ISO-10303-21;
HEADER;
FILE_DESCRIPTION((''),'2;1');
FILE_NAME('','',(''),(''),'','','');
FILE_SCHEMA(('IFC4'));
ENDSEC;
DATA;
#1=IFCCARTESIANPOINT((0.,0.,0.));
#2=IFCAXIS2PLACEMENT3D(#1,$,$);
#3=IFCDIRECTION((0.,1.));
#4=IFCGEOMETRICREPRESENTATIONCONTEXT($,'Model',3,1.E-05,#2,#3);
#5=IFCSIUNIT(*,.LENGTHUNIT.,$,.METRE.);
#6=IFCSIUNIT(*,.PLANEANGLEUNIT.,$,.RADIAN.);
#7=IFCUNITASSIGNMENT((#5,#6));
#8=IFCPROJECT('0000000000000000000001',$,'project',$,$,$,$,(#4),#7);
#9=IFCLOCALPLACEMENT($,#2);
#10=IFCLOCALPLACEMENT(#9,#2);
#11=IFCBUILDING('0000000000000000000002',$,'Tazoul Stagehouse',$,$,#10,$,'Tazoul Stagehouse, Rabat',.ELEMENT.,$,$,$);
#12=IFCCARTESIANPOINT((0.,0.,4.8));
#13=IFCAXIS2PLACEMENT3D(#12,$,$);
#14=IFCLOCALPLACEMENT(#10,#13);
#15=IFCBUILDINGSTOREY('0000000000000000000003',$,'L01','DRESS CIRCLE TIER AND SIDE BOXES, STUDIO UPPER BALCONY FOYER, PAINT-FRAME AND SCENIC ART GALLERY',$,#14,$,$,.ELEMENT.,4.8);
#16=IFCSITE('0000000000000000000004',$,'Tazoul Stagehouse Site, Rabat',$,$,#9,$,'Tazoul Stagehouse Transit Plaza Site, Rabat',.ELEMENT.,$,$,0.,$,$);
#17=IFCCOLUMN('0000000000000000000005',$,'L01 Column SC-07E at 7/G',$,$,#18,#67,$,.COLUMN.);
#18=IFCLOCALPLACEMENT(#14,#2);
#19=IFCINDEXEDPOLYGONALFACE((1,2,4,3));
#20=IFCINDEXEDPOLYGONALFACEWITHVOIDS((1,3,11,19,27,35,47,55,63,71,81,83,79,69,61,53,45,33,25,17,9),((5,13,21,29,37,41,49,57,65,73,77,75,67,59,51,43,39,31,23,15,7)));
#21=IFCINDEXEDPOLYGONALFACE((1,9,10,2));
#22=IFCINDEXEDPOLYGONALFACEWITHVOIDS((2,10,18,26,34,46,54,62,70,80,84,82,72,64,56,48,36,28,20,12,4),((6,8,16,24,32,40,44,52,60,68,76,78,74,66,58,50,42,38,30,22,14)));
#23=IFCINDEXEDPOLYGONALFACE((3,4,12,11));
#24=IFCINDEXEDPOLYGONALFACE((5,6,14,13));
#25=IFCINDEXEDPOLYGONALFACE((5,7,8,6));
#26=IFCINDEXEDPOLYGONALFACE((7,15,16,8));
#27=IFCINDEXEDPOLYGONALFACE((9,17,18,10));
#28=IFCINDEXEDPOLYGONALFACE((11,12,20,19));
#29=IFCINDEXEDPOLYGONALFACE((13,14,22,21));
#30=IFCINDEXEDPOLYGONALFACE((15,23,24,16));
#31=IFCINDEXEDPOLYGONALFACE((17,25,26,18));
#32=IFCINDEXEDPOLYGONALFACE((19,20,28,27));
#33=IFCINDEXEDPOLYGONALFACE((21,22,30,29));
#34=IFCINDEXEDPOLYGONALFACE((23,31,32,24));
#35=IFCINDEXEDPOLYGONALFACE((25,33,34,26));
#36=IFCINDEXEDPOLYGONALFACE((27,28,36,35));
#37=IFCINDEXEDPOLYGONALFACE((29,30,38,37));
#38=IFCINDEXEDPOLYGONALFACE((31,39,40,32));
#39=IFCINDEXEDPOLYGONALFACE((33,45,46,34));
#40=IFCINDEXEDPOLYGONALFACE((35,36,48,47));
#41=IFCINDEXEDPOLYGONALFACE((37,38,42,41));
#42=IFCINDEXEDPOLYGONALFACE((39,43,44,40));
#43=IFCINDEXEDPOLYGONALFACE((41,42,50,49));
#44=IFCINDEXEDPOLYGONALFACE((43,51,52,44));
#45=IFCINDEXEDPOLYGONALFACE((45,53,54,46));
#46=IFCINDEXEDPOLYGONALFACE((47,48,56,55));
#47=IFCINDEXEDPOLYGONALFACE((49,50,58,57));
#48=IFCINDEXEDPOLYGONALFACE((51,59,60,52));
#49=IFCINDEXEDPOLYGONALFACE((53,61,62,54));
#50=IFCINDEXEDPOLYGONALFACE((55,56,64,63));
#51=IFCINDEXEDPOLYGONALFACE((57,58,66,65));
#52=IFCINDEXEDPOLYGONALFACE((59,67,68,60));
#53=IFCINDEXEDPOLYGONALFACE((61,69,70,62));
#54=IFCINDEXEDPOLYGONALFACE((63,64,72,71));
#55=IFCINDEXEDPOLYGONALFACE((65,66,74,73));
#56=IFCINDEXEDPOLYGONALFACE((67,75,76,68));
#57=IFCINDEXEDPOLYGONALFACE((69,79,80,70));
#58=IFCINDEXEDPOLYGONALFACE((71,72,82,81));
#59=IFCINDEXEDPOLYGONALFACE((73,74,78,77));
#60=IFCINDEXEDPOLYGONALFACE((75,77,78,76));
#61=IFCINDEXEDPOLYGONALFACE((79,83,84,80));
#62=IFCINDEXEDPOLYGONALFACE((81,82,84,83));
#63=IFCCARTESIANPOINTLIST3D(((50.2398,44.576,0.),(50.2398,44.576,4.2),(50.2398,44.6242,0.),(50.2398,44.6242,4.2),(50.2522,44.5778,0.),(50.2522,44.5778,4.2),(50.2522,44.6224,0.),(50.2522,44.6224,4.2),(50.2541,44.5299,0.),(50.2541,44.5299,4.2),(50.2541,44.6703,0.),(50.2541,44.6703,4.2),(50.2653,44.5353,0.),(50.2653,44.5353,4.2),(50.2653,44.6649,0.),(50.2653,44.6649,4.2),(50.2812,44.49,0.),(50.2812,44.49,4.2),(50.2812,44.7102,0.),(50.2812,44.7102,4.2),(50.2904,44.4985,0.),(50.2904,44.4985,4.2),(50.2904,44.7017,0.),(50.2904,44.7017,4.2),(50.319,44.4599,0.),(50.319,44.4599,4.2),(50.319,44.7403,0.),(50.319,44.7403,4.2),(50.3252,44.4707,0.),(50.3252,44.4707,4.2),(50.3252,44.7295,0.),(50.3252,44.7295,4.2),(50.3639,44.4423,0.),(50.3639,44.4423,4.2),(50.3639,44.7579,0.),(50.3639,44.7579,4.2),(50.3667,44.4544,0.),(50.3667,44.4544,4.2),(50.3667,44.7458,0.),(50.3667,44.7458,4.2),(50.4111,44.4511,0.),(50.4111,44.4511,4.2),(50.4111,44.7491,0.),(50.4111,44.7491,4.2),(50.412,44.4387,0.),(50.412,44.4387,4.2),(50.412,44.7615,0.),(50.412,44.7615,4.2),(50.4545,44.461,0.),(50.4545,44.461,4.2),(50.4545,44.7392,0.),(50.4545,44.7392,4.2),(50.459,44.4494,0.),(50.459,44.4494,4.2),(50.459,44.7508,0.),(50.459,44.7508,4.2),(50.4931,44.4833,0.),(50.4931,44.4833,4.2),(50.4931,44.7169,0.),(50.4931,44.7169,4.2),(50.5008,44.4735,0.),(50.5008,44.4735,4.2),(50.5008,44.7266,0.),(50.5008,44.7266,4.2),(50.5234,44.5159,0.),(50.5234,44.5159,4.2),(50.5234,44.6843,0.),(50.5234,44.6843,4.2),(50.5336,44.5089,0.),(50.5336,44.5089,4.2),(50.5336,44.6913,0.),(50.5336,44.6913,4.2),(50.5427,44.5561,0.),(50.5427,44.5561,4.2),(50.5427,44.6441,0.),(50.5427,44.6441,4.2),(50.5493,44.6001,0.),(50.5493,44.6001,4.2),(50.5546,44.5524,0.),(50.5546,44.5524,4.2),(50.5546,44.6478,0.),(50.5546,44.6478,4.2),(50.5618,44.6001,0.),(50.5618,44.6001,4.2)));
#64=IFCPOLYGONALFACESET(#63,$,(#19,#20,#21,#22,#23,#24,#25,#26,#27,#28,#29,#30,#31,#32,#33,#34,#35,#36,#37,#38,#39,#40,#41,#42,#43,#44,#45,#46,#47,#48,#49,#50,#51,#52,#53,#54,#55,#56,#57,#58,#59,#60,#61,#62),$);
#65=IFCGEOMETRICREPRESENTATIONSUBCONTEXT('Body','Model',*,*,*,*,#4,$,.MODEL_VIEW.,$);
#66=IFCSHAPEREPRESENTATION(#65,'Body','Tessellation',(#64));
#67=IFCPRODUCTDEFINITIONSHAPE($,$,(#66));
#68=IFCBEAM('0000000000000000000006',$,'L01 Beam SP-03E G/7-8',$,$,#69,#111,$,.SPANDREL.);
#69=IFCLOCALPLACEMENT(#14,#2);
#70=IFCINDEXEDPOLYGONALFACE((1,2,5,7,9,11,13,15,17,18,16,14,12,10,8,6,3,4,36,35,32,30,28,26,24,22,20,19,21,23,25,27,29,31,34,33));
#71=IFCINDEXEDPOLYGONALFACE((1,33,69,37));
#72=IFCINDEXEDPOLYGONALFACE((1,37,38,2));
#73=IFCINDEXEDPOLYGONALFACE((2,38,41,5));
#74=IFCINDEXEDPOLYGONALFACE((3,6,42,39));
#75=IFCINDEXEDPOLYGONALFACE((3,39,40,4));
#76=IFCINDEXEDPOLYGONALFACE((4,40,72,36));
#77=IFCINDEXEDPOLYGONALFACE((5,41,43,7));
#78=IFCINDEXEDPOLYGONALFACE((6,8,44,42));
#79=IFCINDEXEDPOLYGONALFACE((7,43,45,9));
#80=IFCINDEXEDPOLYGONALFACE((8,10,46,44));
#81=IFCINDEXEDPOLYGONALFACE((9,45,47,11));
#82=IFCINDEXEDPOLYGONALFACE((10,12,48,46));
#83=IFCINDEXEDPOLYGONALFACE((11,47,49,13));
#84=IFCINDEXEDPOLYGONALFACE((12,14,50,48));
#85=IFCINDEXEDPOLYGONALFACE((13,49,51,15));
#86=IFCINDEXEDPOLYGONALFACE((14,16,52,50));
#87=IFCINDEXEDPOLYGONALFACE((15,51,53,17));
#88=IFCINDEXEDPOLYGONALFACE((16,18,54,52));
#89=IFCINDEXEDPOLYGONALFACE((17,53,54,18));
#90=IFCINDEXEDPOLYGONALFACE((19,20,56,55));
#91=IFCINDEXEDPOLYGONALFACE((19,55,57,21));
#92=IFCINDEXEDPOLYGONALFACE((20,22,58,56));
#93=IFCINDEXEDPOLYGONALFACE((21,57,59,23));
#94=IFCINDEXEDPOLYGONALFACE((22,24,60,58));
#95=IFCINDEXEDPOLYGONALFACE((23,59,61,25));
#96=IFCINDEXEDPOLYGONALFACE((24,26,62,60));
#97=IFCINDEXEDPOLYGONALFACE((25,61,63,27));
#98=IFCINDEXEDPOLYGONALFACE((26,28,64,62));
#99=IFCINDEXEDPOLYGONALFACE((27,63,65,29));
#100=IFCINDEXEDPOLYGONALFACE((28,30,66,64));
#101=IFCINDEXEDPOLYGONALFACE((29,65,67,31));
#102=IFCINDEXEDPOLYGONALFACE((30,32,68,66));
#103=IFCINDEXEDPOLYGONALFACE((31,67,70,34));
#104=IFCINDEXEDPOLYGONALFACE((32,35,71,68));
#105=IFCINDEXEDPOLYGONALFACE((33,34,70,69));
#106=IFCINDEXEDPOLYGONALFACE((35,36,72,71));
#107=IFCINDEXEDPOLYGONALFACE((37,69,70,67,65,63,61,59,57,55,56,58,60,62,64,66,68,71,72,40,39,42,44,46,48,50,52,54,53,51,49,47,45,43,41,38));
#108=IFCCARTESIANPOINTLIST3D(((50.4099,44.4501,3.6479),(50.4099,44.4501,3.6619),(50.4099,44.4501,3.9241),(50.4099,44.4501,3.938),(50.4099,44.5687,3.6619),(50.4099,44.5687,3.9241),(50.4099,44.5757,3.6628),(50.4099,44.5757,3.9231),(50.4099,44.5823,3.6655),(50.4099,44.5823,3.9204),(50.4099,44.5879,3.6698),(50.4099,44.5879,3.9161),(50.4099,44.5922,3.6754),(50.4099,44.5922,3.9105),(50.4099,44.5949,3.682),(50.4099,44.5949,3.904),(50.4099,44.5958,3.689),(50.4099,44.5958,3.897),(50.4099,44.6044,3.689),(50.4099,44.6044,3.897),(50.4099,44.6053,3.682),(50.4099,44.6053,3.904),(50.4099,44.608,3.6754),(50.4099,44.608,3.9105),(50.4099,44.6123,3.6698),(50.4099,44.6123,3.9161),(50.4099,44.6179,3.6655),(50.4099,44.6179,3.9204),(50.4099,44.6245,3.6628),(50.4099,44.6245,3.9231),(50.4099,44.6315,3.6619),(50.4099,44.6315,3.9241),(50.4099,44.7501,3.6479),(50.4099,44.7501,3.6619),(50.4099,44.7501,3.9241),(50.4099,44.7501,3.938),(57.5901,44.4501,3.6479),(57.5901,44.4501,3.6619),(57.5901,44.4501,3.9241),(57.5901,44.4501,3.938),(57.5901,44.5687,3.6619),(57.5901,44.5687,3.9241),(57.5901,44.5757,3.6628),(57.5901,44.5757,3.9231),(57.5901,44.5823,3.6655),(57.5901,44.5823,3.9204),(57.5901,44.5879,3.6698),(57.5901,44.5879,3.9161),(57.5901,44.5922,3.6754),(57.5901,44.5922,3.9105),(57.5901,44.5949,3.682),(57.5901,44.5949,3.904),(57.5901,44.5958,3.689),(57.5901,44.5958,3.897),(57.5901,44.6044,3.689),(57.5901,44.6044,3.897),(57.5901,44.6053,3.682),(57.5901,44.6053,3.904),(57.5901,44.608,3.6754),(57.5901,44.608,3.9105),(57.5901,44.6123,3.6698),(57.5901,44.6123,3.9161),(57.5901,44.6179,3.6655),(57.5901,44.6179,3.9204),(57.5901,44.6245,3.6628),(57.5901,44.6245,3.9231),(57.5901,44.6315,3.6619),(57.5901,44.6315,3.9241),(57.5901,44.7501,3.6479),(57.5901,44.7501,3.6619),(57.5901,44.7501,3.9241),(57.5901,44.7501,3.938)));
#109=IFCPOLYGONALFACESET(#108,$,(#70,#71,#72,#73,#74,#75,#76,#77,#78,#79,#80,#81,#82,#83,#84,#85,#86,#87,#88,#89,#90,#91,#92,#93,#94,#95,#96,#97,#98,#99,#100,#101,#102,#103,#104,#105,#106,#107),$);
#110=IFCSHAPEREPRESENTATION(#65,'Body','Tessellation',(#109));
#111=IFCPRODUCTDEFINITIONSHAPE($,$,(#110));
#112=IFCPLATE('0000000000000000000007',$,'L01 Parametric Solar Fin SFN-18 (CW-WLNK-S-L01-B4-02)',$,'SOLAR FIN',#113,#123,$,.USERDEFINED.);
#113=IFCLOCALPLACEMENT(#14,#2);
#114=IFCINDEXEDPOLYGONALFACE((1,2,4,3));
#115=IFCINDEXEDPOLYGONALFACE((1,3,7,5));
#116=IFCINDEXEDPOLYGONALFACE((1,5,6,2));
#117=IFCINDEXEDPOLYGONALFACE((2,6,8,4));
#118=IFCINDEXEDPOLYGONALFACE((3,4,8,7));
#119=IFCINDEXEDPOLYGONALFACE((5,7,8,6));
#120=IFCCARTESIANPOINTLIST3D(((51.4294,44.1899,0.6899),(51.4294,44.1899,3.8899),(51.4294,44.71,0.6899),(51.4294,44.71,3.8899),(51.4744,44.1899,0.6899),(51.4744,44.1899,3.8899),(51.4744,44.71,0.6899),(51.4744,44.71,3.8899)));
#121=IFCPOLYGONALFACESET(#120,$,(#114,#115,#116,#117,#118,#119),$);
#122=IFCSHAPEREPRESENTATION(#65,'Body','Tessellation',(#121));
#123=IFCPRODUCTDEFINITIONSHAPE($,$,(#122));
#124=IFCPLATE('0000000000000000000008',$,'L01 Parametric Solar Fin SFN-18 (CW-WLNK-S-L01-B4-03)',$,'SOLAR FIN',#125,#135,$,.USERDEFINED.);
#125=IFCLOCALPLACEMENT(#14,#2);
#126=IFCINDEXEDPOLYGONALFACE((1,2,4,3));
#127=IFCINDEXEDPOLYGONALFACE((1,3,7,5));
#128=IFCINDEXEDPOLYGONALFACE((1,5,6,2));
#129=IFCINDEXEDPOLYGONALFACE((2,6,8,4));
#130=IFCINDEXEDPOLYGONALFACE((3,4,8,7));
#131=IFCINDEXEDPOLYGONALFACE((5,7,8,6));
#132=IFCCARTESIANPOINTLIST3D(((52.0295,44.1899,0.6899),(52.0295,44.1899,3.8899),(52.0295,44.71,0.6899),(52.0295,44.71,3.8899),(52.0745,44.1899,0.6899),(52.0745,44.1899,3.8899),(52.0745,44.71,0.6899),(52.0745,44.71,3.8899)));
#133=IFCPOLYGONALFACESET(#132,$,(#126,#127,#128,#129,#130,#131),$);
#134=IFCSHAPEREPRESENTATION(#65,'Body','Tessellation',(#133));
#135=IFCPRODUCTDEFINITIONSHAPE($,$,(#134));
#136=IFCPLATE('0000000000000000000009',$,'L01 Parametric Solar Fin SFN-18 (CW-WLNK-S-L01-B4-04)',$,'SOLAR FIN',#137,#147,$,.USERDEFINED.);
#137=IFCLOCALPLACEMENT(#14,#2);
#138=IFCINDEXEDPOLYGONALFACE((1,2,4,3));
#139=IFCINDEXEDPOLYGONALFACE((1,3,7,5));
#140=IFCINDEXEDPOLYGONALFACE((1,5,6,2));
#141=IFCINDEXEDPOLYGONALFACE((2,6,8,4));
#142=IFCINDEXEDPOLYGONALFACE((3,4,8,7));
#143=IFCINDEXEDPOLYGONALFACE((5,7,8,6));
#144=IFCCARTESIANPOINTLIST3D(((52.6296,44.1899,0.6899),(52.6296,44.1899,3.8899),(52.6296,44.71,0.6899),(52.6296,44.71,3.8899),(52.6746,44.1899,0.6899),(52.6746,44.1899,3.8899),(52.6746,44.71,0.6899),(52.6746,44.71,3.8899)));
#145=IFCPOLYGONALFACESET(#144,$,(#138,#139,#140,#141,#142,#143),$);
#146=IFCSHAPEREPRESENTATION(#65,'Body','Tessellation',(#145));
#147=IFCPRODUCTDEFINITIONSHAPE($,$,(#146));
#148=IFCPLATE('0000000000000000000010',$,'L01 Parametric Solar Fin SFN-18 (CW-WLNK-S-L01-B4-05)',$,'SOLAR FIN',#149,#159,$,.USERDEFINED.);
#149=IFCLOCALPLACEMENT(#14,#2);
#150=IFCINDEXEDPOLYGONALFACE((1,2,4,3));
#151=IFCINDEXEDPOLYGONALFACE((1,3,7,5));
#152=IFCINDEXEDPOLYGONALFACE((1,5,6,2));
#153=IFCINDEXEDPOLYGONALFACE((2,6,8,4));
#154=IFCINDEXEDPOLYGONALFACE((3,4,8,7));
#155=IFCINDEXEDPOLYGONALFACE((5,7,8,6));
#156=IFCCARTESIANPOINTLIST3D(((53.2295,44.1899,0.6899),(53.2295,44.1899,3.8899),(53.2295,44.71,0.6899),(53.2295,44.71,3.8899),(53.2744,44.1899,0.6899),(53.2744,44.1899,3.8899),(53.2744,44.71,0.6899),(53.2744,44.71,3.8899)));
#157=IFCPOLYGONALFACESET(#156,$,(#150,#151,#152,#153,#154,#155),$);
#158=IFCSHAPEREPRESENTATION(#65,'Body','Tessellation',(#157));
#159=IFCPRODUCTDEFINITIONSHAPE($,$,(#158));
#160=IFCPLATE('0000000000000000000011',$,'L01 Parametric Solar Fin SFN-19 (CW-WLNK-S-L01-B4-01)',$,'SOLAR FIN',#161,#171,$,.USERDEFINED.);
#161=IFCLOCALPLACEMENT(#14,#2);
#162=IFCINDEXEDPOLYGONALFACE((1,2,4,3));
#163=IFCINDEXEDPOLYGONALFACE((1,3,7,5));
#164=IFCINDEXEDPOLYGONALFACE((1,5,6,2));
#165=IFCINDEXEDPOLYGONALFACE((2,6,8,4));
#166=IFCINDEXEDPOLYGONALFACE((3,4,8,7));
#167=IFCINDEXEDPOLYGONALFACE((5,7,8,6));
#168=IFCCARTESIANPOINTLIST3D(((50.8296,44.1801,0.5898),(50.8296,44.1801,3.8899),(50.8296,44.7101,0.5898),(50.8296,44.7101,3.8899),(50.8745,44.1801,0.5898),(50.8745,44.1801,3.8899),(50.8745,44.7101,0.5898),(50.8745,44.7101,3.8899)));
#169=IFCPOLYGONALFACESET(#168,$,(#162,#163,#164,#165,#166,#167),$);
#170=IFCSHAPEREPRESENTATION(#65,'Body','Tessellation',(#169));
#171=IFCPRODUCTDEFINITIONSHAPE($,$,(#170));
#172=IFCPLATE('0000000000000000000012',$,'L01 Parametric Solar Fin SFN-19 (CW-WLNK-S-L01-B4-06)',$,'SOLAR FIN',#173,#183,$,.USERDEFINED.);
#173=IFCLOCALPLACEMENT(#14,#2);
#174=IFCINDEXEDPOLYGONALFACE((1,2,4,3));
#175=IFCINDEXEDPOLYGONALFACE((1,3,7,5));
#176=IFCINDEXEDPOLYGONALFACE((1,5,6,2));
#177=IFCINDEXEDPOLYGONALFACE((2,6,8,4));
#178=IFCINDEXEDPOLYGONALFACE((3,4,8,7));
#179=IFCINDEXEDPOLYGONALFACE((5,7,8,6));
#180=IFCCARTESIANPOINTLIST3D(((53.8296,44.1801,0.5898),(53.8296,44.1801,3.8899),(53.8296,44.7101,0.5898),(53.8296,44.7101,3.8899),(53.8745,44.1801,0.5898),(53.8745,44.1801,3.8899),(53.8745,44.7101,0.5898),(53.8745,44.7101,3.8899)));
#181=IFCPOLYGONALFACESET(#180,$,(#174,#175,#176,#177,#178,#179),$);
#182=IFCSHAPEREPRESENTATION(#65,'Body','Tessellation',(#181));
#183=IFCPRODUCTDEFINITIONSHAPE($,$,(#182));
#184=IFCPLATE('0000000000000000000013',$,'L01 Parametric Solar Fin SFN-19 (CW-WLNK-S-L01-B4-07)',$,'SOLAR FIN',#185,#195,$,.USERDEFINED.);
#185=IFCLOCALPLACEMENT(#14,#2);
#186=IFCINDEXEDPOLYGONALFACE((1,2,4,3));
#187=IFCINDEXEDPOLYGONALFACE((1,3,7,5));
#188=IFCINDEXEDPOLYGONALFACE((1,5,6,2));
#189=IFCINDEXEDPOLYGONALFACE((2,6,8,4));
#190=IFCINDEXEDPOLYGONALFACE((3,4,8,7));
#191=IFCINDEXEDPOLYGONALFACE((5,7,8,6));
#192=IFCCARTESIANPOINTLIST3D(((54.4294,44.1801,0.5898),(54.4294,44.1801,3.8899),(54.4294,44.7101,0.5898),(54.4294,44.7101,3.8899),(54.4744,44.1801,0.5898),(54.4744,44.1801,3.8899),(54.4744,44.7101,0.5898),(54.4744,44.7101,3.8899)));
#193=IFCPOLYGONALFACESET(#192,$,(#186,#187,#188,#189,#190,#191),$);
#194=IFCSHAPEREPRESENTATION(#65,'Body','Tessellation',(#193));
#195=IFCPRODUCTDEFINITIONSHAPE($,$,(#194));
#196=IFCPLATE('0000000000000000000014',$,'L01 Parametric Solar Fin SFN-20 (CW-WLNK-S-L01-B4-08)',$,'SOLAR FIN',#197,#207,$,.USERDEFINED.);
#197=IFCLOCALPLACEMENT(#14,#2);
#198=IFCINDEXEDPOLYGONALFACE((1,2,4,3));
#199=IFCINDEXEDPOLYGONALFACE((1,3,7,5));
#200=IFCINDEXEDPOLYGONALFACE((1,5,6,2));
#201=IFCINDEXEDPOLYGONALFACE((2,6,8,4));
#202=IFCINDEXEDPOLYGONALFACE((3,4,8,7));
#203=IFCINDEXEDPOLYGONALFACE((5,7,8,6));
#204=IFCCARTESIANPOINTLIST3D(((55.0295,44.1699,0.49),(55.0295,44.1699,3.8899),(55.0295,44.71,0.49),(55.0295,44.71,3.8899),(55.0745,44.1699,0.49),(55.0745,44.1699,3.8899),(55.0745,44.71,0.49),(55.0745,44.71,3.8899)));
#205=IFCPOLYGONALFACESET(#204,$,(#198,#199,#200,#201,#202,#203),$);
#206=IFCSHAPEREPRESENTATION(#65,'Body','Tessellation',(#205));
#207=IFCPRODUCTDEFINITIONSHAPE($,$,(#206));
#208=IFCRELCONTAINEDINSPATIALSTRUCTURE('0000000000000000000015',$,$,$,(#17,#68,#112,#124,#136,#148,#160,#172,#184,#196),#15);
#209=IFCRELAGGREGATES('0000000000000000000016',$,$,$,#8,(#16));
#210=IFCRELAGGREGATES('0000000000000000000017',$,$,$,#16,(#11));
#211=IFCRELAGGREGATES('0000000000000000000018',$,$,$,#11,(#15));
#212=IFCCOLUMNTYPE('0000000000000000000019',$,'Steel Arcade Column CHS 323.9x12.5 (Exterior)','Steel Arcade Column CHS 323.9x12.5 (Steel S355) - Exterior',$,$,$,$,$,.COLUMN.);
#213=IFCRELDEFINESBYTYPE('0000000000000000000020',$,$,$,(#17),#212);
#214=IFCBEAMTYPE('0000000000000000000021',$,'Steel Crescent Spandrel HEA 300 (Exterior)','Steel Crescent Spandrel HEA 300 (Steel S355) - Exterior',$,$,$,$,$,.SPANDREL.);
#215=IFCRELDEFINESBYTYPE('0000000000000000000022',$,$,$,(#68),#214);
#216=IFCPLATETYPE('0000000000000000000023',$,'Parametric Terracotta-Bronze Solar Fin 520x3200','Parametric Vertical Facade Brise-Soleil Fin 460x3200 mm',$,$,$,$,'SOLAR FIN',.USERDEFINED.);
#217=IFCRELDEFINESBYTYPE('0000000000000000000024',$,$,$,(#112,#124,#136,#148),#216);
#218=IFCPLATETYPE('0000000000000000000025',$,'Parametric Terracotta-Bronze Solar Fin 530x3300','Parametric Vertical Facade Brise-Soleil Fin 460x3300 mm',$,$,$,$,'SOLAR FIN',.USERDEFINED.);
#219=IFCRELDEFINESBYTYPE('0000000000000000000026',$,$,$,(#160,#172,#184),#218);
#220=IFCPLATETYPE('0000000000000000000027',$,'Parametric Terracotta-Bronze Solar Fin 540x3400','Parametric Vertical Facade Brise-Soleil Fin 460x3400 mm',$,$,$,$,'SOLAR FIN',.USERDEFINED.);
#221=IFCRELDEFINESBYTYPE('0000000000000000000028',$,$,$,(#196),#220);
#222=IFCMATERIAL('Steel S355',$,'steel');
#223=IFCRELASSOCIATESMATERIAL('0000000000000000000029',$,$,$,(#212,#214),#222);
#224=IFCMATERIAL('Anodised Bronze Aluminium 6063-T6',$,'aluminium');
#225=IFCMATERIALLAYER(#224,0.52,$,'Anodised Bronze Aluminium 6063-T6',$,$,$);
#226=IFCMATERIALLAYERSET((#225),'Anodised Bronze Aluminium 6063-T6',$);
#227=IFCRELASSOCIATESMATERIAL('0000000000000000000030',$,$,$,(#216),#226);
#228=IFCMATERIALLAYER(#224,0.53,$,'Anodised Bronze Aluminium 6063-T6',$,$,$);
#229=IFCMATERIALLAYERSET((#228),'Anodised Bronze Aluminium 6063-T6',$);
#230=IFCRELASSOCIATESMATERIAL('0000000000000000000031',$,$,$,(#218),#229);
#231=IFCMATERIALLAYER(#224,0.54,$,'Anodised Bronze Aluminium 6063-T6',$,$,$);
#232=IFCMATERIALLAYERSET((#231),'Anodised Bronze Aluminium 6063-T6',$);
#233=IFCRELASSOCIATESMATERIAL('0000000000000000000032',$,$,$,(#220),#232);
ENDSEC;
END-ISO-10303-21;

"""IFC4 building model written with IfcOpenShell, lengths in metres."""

from ifc_helpers import new_model, si_unit, direction, frame, origin, origin_2d, place, context, subcontext, project, spatial, rectangle, hollow_circle, i_section, extrude, material, layer, layer_set, material_profile, profile_set, type_object, element, save


model = new_model("IFC4")

# Units and contexts
model_context = context("Model", 3, precision=1e-05, world=origin(), true_north=direction((0.0, 1.0)))
body_context = subcontext(model_context, "Body", "Model", "MODEL_VIEW")
ifc_project = project(units=[si_unit("LENGTHUNIT", "METRE"), si_unit("PLANEANGLEUNIT", "RADIAN")], contexts=[model_context])

# Site, building, storey
site_placement = place(None, origin())
site = spatial("IfcSite", under=ifc_project, at=site_placement, Name="Tazoul Stagehouse Site, Rabat", LongName="Tazoul Stagehouse Transit Plaza Site, Rabat", CompositionType="ELEMENT", RefElevation=0.0)
building_placement = place(site_placement, origin())
building = spatial("IfcBuilding", under=site, at=building_placement, Name="Tazoul Stagehouse", LongName="Tazoul Stagehouse, Rabat", CompositionType="ELEMENT")
storey_placement = place(building_placement, frame((0.0, 0.0, 4.8)))
storey = spatial("IfcBuildingStorey", under=building, at=storey_placement, Name="L01", Description="DRESS CIRCLE TIER AND SIDE BOXES, STUDIO UPPER BALCONY FOYER, PAINT-FRAME AND SCENIC ART GALLERY", CompositionType="ELEMENT", Elevation=4.8)

# Column
ifc_material_1 = material(Name="Steel S355", Category="steel")
ifc_material_profile_1 = material_profile(ifc_material_1, hollow_circle(Radius=0.1619, WallThickness=0.0125, at=origin_2d()), Name="CHS 323.9x12.5")
ifc_profile_set_1 = profile_set([ifc_material_profile_1], Name="Steel S355")
column_type = type_object("IfcColumnType", Name="Steel Arcade Column CHS 323.9x12.5 (Exterior)", Description="Steel Arcade Column CHS 323.9x12.5 (Steel S355) - Exterior", PredefinedType="COLUMN", material=ifc_profile_set_1)
column_placement = place(storey_placement, frame((50.3999, 44.6001, 0.0), z_axis=(0.0, 0.0, 1.0), x_axis=(1.0, 0.0, 0.0)))
element("IfcColumn", 1, at=column_placement, inside=storey, type_object=column_type, Name="L01 Column SC-07E at 7/G", PredefinedType="COLUMN", context=body_context, shape_type="SweptSolid", body=[
    extrude(hollow_circle(Radius=0.1619, WallThickness=0.0125, at=origin_2d()), origin(), (0.0, 0.0, 1.0), 4.2),
])

# Beam
ifc_material_profile_2 = material_profile(ifc_material_1, i_section(OverallWidth=0.3, OverallDepth=0.29, WebThickness=0.0085, FlangeThickness=0.0139, FilletRadius=0.0271, at=origin_2d()), Name="HEA 300")
ifc_profile_set_2 = profile_set([ifc_material_profile_2], Name="Steel S355")
beam_type = type_object("IfcBeamType", Name="Steel Crescent Spandrel HEA 300 (Exterior)", Description="Steel Crescent Spandrel HEA 300 (Steel S355) - Exterior", PredefinedType="SPANDREL", material=ifc_profile_set_2)
beam_placement = place(storey_placement, frame((50.4099, 44.6001, 3.793), z_axis=(1.0, 0.0, 0.0), x_axis=(0.0, 1.0, 0.0)))
element("IfcBeam", 2, at=beam_placement, inside=storey, type_object=beam_type, Name="L01 Beam SP-03E G/7-8", PredefinedType="SPANDREL", context=body_context, shape_type="SweptSolid", body=[
    extrude(i_section(OverallWidth=0.3, OverallDepth=0.29, WebThickness=0.0085, FlangeThickness=0.0139, FilletRadius=0.0271, at=origin_2d()), origin(), (0.0, 0.0, 1.0), 7.1802),
])

# Plates
ifc_material_2 = material(Name="Anodised Bronze Aluminium 6063-T6", Category="aluminium")
ifc_layer_1 = layer(ifc_material_2, 0.52, Name="Anodised Bronze Aluminium 6063-T6")
ifc_layer_set_1 = layer_set([ifc_layer_1], Name="Anodised Bronze Aluminium 6063-T6")
plate_type_1 = type_object("IfcPlateType", Name="Parametric Terracotta-Bronze Solar Fin 520x3200", Description="Parametric Vertical Facade Brise-Soleil Fin 460x3200 mm", ElementType="SOLAR FIN", PredefinedType="USERDEFINED", material=ifc_layer_set_1)
for number, where, z_axis, x_axis, name in (
    (3, (51.4519, 44.45, 0.6899), (0.0, 0.0, 1.0), (1.0, 0.0, 0.0), "L01 Parametric Solar Fin SFN-18 (CW-WLNK-S-L01-B4-02)"),
    (4, (52.052, 44.45, 0.6899), (0.0, 0.0, 1.0), (1.0, 0.0, 0.0), "L01 Parametric Solar Fin SFN-18 (CW-WLNK-S-L01-B4-03)"),
    (5, (52.6521, 44.45, 0.6899), (0.0, 0.0, 1.0), (1.0, 0.0, 0.0), "L01 Parametric Solar Fin SFN-18 (CW-WLNK-S-L01-B4-04)"),
    (6, (53.252, 44.45, 0.6899), (0.0, 0.0, 1.0), (1.0, 0.0, 0.0), "L01 Parametric Solar Fin SFN-18 (CW-WLNK-S-L01-B4-05)"),
):
    element("IfcPlate", number, at=place(storey_placement, frame(where, z_axis=z_axis, x_axis=x_axis)), inside=storey, type_object=plate_type_1, Name=name, ObjectType="SOLAR FIN", PredefinedType="USERDEFINED", context=body_context, shape_type="SweptSolid", body=[
        extrude(rectangle(XDim=0.0449, YDim=0.52, at=origin_2d()), origin(), (0.0, 0.0, 1.0), 3.2),
    ])
ifc_layer_2 = layer(ifc_material_2, 0.53, Name="Anodised Bronze Aluminium 6063-T6")
ifc_layer_set_2 = layer_set([ifc_layer_2], Name="Anodised Bronze Aluminium 6063-T6")
plate_type_2 = type_object("IfcPlateType", Name="Parametric Terracotta-Bronze Solar Fin 530x3300", Description="Parametric Vertical Facade Brise-Soleil Fin 460x3300 mm", ElementType="SOLAR FIN", PredefinedType="USERDEFINED", material=ifc_layer_set_2)
for number, where, z_axis, x_axis, name in (
    (7, (50.8521, 44.4451, 0.5898), (0.0, 0.0, 1.0), (1.0, 0.0, 0.0), "L01 Parametric Solar Fin SFN-19 (CW-WLNK-S-L01-B4-01)"),
    (8, (53.8521, 44.4451, 0.5898), (0.0, 0.0, 1.0), (1.0, 0.0, 0.0), "L01 Parametric Solar Fin SFN-19 (CW-WLNK-S-L01-B4-06)"),
    (9, (54.4519, 44.4451, 0.5898), (0.0, 0.0, 1.0), (1.0, 0.0, 0.0), "L01 Parametric Solar Fin SFN-19 (CW-WLNK-S-L01-B4-07)"),
):
    element("IfcPlate", number, at=place(storey_placement, frame(where, z_axis=z_axis, x_axis=x_axis)), inside=storey, type_object=plate_type_2, Name=name, ObjectType="SOLAR FIN", PredefinedType="USERDEFINED", context=body_context, shape_type="SweptSolid", body=[
        extrude(rectangle(XDim=0.0449, YDim=0.53, at=origin_2d()), origin(), (0.0, 0.0, 1.0), 3.3),
    ])
ifc_layer_3 = layer(ifc_material_2, 0.54, Name="Anodised Bronze Aluminium 6063-T6")
ifc_layer_set_3 = layer_set([ifc_layer_3], Name="Anodised Bronze Aluminium 6063-T6")
plate_type_3 = type_object("IfcPlateType", Name="Parametric Terracotta-Bronze Solar Fin 540x3400", Description="Parametric Vertical Facade Brise-Soleil Fin 460x3400 mm", ElementType="SOLAR FIN", PredefinedType="USERDEFINED", material=ifc_layer_set_3)
plate_placement = place(storey_placement, frame((55.052, 44.4399, 0.49), z_axis=(0.0, 0.0, 1.0), x_axis=(1.0, 0.0, 0.0)))
element("IfcPlate", 10, at=plate_placement, inside=storey, type_object=plate_type_3, Name="L01 Parametric Solar Fin SFN-20 (CW-WLNK-S-L01-B4-08)", ObjectType="SOLAR FIN", PredefinedType="USERDEFINED", context=body_context, shape_type="SweptSolid", body=[
    extrude(rectangle(XDim=0.0449, YDim=0.54, at=origin_2d()), origin(), (0.0, 0.0, 1.0), 3.3999),
])

save(model, "model.ifc")
